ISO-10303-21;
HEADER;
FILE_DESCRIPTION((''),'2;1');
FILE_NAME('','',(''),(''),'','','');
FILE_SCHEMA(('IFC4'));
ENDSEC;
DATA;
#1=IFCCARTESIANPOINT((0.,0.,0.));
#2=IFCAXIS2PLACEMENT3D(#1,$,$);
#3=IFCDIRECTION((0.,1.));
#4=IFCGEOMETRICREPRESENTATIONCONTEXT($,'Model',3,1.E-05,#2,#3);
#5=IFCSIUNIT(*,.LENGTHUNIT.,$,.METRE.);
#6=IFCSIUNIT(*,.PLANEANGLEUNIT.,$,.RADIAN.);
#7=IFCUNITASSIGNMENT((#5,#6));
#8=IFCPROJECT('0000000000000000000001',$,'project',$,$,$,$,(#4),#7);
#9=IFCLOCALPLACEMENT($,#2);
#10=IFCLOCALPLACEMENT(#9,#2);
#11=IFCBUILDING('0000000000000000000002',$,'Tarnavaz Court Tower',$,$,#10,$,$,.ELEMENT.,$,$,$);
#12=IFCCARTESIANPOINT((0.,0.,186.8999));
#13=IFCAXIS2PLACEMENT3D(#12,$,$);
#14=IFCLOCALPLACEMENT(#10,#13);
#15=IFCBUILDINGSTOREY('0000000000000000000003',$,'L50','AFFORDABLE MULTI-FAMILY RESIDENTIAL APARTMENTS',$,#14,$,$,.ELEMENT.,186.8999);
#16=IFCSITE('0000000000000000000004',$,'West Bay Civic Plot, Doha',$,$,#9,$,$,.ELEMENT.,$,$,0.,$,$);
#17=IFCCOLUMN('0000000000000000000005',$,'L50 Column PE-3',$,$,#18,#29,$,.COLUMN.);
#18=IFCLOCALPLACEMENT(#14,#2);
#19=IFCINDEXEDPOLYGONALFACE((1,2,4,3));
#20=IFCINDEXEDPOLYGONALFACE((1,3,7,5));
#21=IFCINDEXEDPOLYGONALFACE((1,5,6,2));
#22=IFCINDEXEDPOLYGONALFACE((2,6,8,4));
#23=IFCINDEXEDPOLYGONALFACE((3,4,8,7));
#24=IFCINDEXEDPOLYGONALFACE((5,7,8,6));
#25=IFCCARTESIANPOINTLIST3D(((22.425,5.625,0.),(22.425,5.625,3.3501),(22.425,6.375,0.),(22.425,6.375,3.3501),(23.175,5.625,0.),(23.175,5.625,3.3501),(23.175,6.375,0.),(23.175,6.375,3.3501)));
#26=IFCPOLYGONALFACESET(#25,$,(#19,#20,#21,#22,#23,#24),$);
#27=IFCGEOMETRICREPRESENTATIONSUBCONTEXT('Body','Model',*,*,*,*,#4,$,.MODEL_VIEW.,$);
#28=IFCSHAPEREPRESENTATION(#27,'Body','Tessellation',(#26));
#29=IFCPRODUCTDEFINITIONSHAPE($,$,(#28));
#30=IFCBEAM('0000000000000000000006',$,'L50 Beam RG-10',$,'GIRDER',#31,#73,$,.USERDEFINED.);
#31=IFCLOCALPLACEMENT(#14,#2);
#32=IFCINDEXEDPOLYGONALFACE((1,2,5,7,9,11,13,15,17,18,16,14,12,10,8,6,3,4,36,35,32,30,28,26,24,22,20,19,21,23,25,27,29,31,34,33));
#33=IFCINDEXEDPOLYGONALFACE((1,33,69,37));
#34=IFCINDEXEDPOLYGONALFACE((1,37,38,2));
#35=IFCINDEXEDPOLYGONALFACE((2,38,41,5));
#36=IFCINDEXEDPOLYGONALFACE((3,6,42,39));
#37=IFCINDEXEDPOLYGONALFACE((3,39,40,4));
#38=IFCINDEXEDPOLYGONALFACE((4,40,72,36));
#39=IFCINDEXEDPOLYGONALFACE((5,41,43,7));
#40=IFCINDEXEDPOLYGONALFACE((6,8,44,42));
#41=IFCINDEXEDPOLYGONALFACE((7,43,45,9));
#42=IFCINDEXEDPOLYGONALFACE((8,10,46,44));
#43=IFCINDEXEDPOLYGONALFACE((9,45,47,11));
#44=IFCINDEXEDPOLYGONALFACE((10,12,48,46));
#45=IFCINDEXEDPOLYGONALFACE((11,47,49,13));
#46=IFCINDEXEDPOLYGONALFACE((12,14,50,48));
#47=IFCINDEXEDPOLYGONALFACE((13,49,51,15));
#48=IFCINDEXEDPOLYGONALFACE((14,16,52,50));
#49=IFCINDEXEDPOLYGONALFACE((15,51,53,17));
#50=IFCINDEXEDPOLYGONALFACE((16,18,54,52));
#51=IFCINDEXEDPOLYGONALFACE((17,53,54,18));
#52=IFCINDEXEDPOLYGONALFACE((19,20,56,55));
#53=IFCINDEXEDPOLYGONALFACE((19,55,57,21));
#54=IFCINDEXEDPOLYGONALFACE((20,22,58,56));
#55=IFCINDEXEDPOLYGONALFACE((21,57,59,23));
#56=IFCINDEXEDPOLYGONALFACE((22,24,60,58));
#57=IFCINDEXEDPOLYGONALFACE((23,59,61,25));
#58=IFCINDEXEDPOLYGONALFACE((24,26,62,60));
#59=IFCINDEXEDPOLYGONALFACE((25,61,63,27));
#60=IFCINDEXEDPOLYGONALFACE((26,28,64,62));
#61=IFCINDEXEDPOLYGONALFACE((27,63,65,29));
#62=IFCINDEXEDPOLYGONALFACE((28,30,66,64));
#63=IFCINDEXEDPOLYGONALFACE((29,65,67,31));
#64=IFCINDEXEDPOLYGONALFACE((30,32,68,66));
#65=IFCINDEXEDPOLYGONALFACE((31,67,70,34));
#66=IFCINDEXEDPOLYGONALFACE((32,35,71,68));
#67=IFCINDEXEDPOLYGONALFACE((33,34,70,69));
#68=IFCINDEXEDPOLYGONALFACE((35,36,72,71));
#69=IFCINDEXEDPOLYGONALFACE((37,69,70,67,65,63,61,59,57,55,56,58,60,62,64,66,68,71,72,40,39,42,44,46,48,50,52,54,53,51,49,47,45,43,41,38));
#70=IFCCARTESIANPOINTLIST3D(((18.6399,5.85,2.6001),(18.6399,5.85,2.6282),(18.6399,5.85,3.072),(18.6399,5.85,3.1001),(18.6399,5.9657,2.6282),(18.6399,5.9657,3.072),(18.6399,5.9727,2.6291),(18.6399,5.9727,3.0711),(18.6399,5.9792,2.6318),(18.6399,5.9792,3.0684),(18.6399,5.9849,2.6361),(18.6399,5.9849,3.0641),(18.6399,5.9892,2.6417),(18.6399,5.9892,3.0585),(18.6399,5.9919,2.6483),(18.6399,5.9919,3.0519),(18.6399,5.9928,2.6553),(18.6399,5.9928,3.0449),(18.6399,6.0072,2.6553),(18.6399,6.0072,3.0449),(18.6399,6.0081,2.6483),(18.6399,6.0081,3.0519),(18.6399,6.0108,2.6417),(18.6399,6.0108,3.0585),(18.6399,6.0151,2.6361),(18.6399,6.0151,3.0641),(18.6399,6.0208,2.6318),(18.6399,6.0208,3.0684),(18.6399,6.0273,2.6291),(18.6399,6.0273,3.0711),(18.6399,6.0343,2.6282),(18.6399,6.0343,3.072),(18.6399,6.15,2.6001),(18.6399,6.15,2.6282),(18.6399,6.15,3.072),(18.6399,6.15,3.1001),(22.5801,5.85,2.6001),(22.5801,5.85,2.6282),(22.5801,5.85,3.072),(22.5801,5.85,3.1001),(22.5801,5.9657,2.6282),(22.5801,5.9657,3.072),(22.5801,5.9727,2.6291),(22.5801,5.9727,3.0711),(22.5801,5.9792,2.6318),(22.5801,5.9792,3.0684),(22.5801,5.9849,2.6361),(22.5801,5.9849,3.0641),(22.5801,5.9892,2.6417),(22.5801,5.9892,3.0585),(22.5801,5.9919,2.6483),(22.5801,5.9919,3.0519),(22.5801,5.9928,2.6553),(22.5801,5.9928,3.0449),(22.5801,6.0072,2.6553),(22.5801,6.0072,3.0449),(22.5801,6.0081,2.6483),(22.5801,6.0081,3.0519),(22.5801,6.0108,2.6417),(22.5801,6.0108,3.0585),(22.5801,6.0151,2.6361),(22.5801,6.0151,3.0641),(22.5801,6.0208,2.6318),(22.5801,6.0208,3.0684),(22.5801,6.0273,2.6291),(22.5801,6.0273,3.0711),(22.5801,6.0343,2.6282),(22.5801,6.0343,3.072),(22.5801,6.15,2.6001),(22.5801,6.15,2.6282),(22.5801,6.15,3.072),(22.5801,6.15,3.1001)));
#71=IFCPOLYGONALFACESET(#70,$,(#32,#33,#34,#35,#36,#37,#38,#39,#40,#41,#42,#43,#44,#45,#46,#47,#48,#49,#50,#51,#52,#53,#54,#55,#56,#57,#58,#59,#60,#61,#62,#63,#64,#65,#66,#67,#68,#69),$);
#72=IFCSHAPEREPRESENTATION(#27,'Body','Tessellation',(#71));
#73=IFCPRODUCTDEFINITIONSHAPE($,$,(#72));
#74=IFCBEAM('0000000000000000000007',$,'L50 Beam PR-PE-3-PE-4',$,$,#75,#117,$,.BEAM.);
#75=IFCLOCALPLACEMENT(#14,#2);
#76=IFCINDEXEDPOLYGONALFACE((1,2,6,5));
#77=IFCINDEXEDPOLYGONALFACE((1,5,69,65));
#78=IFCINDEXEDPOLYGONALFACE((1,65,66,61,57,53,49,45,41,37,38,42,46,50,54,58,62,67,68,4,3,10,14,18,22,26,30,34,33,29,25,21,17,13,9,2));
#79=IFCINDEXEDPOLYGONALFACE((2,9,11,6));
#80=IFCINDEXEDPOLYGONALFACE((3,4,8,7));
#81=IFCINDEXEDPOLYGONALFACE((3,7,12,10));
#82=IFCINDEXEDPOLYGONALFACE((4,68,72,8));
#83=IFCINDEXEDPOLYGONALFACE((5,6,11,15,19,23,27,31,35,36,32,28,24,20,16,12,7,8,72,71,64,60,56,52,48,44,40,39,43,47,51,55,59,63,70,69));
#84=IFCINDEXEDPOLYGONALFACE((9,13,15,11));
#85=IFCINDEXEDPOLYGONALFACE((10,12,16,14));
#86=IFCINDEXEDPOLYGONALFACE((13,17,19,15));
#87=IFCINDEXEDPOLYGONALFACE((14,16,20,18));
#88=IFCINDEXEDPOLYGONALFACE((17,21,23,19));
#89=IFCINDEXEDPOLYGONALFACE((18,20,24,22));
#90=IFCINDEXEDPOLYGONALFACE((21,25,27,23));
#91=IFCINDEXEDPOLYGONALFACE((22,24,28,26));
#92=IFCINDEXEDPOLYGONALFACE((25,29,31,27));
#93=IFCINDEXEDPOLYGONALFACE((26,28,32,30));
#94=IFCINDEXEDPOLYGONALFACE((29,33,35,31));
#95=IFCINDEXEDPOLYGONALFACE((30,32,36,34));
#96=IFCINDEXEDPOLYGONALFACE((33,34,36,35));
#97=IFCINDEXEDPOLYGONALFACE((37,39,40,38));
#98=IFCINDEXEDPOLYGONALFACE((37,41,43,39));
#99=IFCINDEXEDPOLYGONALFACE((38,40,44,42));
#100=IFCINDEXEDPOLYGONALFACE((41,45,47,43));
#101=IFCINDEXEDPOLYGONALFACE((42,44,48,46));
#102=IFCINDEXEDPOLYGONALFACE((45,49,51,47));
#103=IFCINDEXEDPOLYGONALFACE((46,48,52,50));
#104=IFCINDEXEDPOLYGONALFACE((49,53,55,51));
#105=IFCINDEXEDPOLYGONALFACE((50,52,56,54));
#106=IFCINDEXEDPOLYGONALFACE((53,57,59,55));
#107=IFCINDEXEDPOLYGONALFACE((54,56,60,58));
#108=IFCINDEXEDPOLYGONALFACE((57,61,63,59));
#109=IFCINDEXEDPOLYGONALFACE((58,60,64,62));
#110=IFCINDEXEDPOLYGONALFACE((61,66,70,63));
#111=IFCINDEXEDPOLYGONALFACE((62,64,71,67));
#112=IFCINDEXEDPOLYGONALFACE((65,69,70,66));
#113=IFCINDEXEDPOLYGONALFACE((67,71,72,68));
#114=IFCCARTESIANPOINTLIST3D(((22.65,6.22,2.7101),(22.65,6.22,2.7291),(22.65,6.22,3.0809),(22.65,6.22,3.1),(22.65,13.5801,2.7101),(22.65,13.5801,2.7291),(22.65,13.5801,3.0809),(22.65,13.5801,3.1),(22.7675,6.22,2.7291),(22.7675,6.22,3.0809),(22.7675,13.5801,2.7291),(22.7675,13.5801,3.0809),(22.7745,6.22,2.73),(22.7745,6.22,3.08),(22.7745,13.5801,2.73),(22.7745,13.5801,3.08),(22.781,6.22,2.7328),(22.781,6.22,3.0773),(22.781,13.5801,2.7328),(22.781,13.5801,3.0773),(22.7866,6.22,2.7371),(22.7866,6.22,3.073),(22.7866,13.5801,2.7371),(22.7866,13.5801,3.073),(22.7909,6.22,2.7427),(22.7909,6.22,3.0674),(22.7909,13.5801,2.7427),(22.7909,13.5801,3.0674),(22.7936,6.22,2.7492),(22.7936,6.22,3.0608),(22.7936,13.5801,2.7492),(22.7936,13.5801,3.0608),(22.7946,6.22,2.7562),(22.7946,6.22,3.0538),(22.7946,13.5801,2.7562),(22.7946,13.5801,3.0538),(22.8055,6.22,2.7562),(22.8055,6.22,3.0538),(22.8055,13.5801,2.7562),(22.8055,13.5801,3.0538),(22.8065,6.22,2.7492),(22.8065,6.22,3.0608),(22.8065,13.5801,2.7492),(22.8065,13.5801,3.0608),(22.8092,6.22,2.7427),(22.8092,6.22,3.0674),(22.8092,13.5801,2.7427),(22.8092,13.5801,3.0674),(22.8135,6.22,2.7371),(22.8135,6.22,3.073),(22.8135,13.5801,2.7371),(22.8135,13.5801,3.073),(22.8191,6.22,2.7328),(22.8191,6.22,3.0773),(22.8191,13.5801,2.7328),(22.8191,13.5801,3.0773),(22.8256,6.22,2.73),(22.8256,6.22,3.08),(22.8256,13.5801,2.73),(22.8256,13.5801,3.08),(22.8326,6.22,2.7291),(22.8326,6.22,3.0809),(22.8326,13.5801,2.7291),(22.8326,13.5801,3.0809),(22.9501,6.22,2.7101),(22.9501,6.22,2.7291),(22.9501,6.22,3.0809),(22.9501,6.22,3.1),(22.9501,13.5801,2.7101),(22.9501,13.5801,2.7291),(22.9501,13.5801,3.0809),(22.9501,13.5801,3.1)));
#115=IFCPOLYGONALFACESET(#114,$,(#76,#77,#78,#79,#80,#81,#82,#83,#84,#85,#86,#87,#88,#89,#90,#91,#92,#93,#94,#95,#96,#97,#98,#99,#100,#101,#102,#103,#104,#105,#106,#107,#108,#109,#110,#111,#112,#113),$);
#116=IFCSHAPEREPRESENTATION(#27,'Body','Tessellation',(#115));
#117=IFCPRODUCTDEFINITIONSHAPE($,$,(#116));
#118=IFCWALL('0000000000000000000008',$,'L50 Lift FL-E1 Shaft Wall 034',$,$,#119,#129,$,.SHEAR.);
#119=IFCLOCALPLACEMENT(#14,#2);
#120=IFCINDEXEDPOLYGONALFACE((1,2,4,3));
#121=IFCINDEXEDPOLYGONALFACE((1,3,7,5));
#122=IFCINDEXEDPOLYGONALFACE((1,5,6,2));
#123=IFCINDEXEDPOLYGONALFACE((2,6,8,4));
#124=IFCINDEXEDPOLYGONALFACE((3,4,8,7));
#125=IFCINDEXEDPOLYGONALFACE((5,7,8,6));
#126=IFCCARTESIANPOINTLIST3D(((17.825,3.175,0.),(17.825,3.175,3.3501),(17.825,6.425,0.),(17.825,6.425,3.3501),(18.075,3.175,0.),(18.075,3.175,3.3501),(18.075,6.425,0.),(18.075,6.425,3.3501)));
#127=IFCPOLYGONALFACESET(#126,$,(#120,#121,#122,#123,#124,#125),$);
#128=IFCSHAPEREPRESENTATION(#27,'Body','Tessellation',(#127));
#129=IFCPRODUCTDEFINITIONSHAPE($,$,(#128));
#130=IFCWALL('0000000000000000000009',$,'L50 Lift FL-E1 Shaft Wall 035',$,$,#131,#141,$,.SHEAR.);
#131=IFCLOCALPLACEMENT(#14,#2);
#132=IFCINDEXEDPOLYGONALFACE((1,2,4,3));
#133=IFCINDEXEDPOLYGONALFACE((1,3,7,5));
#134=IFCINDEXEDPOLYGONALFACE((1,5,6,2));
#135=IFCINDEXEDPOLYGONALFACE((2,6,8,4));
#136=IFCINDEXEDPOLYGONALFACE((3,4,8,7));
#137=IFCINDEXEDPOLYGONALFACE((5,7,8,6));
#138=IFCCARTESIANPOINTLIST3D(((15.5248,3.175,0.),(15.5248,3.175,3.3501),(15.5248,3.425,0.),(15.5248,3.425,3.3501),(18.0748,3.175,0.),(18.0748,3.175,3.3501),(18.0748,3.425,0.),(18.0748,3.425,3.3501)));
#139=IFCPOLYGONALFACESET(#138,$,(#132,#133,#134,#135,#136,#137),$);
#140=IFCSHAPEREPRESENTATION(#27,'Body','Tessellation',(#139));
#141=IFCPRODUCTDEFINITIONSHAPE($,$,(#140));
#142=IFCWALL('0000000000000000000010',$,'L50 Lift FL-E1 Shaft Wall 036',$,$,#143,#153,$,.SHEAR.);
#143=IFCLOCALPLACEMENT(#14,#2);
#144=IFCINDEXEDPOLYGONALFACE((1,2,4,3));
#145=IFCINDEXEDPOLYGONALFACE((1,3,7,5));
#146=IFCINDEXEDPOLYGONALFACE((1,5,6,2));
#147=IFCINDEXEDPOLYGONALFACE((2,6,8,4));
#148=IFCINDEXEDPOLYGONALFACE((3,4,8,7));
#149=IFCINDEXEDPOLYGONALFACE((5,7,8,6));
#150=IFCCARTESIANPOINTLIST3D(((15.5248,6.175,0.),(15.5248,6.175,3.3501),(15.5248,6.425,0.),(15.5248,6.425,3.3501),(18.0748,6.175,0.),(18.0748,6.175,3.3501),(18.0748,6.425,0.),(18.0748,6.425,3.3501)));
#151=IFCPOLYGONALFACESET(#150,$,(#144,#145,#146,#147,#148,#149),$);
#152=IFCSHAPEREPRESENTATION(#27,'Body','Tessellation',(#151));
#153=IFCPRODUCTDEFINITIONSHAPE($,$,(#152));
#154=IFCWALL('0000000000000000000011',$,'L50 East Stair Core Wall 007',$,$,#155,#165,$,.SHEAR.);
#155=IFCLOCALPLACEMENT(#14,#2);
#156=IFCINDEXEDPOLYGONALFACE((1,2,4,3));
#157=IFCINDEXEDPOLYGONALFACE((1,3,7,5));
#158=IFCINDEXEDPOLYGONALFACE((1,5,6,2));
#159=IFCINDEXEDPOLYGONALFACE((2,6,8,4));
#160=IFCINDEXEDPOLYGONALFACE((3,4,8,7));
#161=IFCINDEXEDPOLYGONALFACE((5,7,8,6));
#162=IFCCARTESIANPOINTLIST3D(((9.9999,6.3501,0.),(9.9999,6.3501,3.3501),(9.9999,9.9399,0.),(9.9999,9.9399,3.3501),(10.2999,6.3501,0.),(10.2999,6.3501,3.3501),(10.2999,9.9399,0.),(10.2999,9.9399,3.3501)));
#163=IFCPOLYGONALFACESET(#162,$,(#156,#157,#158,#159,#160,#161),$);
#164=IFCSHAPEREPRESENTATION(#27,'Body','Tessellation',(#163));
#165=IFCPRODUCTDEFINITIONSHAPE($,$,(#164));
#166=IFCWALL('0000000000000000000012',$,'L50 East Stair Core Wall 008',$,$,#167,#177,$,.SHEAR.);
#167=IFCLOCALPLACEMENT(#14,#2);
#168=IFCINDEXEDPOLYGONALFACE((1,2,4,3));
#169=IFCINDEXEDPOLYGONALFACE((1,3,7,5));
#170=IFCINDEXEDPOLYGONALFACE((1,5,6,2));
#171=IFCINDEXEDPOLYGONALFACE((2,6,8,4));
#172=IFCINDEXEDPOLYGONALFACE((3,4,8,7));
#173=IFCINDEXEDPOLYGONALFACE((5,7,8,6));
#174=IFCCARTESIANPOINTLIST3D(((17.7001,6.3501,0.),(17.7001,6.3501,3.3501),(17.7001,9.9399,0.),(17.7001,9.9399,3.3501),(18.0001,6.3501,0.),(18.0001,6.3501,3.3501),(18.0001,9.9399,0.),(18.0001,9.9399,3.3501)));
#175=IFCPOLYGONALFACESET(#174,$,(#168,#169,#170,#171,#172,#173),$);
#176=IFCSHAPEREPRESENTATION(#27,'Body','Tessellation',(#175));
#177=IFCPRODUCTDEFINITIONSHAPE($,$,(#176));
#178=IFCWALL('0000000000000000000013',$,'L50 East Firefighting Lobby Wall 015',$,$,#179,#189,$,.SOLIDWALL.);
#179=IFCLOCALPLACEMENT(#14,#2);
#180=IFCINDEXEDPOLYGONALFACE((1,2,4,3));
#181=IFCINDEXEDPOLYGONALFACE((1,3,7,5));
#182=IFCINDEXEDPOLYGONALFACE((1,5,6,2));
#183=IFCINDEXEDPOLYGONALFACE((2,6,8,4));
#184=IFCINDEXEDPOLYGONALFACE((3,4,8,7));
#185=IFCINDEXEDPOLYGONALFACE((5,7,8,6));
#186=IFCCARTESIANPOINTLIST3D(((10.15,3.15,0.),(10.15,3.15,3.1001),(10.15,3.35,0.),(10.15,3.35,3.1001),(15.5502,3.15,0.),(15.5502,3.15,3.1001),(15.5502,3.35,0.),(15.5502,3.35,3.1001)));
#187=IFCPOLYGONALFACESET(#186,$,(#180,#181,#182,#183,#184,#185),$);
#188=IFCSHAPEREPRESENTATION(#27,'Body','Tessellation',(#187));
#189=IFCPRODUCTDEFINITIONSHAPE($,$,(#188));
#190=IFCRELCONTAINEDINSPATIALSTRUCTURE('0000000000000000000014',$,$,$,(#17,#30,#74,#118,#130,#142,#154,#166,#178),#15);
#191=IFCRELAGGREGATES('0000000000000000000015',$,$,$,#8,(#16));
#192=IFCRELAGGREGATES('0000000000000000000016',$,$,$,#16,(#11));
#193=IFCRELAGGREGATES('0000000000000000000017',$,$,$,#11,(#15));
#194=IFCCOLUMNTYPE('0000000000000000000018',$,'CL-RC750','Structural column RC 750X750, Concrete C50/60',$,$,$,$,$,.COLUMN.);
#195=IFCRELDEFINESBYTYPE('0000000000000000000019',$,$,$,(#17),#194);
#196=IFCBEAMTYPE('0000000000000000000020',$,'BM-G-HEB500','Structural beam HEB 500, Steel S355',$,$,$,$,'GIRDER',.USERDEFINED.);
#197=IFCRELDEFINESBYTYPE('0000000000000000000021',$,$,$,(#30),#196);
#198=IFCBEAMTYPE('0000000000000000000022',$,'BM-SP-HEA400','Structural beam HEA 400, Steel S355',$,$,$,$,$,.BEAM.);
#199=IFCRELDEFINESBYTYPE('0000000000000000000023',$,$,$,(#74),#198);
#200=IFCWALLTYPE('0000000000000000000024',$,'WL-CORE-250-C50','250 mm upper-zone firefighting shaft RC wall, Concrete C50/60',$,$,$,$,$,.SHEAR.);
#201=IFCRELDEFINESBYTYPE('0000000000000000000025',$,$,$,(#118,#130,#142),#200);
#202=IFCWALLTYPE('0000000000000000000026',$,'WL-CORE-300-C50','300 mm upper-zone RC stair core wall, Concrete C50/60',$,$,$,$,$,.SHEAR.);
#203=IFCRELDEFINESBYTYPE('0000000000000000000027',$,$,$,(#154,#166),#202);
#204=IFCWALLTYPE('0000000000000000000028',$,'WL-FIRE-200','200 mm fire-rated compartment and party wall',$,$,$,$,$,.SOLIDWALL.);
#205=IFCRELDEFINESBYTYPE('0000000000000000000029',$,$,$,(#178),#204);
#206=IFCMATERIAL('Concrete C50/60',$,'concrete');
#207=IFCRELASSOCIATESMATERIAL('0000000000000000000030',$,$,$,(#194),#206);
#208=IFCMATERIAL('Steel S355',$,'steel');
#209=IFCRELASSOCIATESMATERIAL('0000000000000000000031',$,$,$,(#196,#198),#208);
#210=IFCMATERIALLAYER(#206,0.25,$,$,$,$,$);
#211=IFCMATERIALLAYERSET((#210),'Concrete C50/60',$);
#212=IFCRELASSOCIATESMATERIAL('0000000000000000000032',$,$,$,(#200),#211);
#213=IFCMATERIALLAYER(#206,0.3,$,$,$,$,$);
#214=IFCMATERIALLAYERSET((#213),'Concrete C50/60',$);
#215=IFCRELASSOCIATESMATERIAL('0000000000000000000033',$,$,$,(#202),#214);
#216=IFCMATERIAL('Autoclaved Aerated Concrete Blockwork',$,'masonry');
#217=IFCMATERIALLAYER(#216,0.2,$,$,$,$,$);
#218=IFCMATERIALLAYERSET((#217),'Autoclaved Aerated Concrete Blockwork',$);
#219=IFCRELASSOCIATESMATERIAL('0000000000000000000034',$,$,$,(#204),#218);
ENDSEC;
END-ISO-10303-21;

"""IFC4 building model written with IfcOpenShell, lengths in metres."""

from ifc_helpers import new_model, si_unit, direction, frame, frame_2d, origin, origin_2d, place, context, subcontext, project, spatial, rectangle, i_section, extrude, material, layer, layer_set, material_profile, profile_set, type_object, element, save


model = new_model("IFC4")

# Units and contexts
model_context = context("Model", 3, precision=1e-05, world=origin(), true_north=direction((0.0, 1.0)))
body_context = subcontext(model_context, "Body", "Model", "MODEL_VIEW")
ifc_project = project(units=[si_unit("LENGTHUNIT", "METRE"), si_unit("PLANEANGLEUNIT", "RADIAN")], contexts=[model_context])

# Site, building, storey
site_placement = place(None, origin())
site = spatial("IfcSite", under=ifc_project, at=site_placement, Name="West Bay Civic Plot, Doha", CompositionType="ELEMENT", RefElevation=0.0)
building_placement = place(site_placement, origin())
building = spatial("IfcBuilding", under=site, at=building_placement, Name="Tarnavaz Court Tower", CompositionType="ELEMENT")
storey_placement = place(building_placement, frame((0.0, 0.0, 186.8999)))
storey = spatial("IfcBuildingStorey", under=building, at=storey_placement, Name="L50", Description="AFFORDABLE MULTI-FAMILY RESIDENTIAL APARTMENTS", CompositionType="ELEMENT", Elevation=186.8999)

# Column
ifc_material_1 = material(Name="Concrete C50/60", Category="concrete")
ifc_material_profile_1 = material_profile(ifc_material_1, rectangle(XDim=0.75, YDim=0.75, at=origin_2d()), Name="RC 750X750")
ifc_profile_set_1 = profile_set([ifc_material_profile_1], Name="Concrete C50/60")
column_type = type_object("IfcColumnType", Name="CL-RC750", Description="Structural column RC 750X750, Concrete C50/60", PredefinedType="COLUMN", material=ifc_profile_set_1)
column_placement = place(storey_placement, frame((22.8, 6.0, 0.0), z_axis=(0.0, 0.0, 1.0), x_axis=(1.0, 0.0, 0.0)))
element("IfcColumn", 1, at=column_placement, inside=storey, type_object=column_type, Name="L50 Column PE-3", PredefinedType="COLUMN", context=body_context, shape_type="SweptSolid", body=[
    extrude(rectangle(XDim=0.75, YDim=0.75, at=origin_2d()), origin(), (0.0, 0.0, 1.0), 3.3501),
])

# Beams
ifc_material_2 = material(Name="Steel S355", Category="steel")
ifc_material_profile_2 = material_profile(ifc_material_2, i_section(OverallWidth=0.3, OverallDepth=0.5, WebThickness=0.0144, FlangeThickness=0.0281, FilletRadius=0.0271, at=origin_2d()), Name="HEB 500")
ifc_profile_set_2 = profile_set([ifc_material_profile_2], Name="Steel S355")
beam_type_1 = type_object("IfcBeamType", Name="BM-G-HEB500", Description="Structural beam HEB 500, Steel S355", ElementType="GIRDER", PredefinedType="USERDEFINED", material=ifc_profile_set_2)
beam_1_placement = place(storey_placement, frame((18.6399, 6.0, 2.8501), z_axis=(1.0, 0.0, 0.0), x_axis=(0.0, 1.0, 0.0)))
element("IfcBeam", 2, at=beam_1_placement, inside=storey, type_object=beam_type_1, Name="L50 Beam RG-10", ObjectType="GIRDER", PredefinedType="USERDEFINED", context=body_context, shape_type="SweptSolid", body=[
    extrude(i_section(OverallWidth=0.3, OverallDepth=0.5, WebThickness=0.0144, FlangeThickness=0.0281, FilletRadius=0.0271, at=origin_2d()), origin(), (0.0, 0.0, 1.0), 3.9402),
])
ifc_material_profile_3 = material_profile(ifc_material_2, i_section(OverallWidth=0.3, OverallDepth=0.3899, WebThickness=0.011, FlangeThickness=0.019, FilletRadius=0.0271, at=origin_2d()), Name="HEA 400")
ifc_profile_set_3 = profile_set([ifc_material_profile_3], Name="Steel S355")
beam_type_2 = type_object("IfcBeamType", Name="BM-SP-HEA400", Description="Structural beam HEA 400, Steel S355", PredefinedType="BEAM", material=ifc_profile_set_3)
beam_2_placement = place(storey_placement, frame((22.8, 6.22, 2.905), z_axis=(0.0, 1.0, 0.0), x_axis=(-1.0, 0.0, 0.0)))
element("IfcBeam", 3, at=beam_2_placement, inside=storey, type_object=beam_type_2, Name="L50 Beam PR-PE-3-PE-4", PredefinedType="BEAM", context=body_context, shape_type="SweptSolid", body=[
    extrude(i_section(OverallWidth=0.3, OverallDepth=0.3899, WebThickness=0.011, FlangeThickness=0.019, FilletRadius=0.0271, at=origin_2d()), origin(), (0.0, 0.0, 1.0), 7.3601),
])

# Shared definitions
ifc_layer_1 = layer(ifc_material_1, 0.25)
ifc_layer_set_1 = layer_set([ifc_layer_1], Name="Concrete C50/60")
wall_type_1 = type_object("IfcWallType", Name="WL-CORE-250-C50", Description="250 mm upper-zone firefighting shaft RC wall, Concrete C50/60", PredefinedType="SHEAR", material=ifc_layer_set_1)

# Walls
wall_1_placement = place(storey_placement, frame((17.95, 3.175, 0.0), z_axis=(0.0, 0.0, 1.0), x_axis=(0.0, 1.0, 0.0)))
element("IfcWall", 4, at=wall_1_placement, inside=storey, type_object=wall_type_1, Name="L50 Lift FL-E1 Shaft Wall 034", PredefinedType="SHEAR", context=body_context, shape_type="SweptSolid", body=[
    extrude(rectangle(XDim=3.25, YDim=0.25, at=frame_2d((1.625, 0.0))), origin(), (0.0, 0.0, 1.0), 3.3501),
])
for number, where, z_axis, x_axis, name in (
    (5, (15.5249, 3.3, 0.0), (0.0, 0.0, 1.0), (1.0, 0.0, 0.0), "L50 Lift FL-E1 Shaft Wall 035"),
    (6, (15.5249, 6.3, 0.0), (0.0, 0.0, 1.0), (1.0, 0.0, 0.0), "L50 Lift FL-E1 Shaft Wall 036"),
):
    element("IfcWall", number, at=place(storey_placement, frame(where, z_axis=z_axis, x_axis=x_axis)), inside=storey, type_object=wall_type_1, Name=name, PredefinedType="SHEAR", context=body_context, shape_type="SweptSolid", body=[
        extrude(rectangle(XDim=2.55, YDim=0.25, at=frame_2d((1.2749, 0.0))), origin(), (0.0, 0.0, 1.0), 3.3501),
    ])
ifc_layer_2 = layer(ifc_material_1, 0.3)
ifc_layer_set_2 = layer_set([ifc_layer_2], Name="Concrete C50/60")
wall_type_2 = type_object("IfcWallType", Name="WL-CORE-300-C50", Description="300 mm upper-zone RC stair core wall, Concrete C50/60", PredefinedType="SHEAR", material=ifc_layer_set_2)
for number, where, z_axis, x_axis, name in (
    (7, (10.1499, 6.3501, 0.0), (0.0, 0.0, 1.0), (0.0, 1.0, 0.0), "L50 East Stair Core Wall 007"),
    (8, (17.8501, 6.3501, 0.0), (0.0, 0.0, 1.0), (0.0, 1.0, 0.0), "L50 East Stair Core Wall 008"),
):
    element("IfcWall", number, at=place(storey_placement, frame(where, z_axis=z_axis, x_axis=x_axis)), inside=storey, type_object=wall_type_2, Name=name, PredefinedType="SHEAR", context=body_context, shape_type="SweptSolid", body=[
        extrude(rectangle(XDim=3.5898, YDim=0.3, at=frame_2d((1.7949, 0.0))), origin(), (0.0, 0.0, 1.0), 3.3501),
    ])
ifc_material_3 = material(Name="Autoclaved Aerated Concrete Blockwork", Category="masonry")
ifc_layer_3 = layer(ifc_material_3, 0.2)
ifc_layer_set_3 = layer_set([ifc_layer_3], Name="Autoclaved Aerated Concrete Blockwork")
wall_type_3 = type_object("IfcWallType", Name="WL-FIRE-200", Description="200 mm fire-rated compartment and party wall", PredefinedType="SOLIDWALL", material=ifc_layer_set_3)
wall_2_placement = place(storey_placement, frame((10.1499, 3.25, 0.0), z_axis=(0.0, 0.0, 1.0), x_axis=(1.0, 0.0, 0.0)))
element("IfcWall", 9, at=wall_2_placement, inside=storey, type_object=wall_type_3, Name="L50 East Firefighting Lobby Wall 015", PredefinedType="SOLIDWALL", context=body_context, shape_type="SweptSolid", body=[
    extrude(rectangle(XDim=5.4001, YDim=0.2, at=frame_2d((2.7002, 0.0))), origin(), (0.0, 0.0, 1.0), 3.1001),
])

save(model, "model.ifc")
